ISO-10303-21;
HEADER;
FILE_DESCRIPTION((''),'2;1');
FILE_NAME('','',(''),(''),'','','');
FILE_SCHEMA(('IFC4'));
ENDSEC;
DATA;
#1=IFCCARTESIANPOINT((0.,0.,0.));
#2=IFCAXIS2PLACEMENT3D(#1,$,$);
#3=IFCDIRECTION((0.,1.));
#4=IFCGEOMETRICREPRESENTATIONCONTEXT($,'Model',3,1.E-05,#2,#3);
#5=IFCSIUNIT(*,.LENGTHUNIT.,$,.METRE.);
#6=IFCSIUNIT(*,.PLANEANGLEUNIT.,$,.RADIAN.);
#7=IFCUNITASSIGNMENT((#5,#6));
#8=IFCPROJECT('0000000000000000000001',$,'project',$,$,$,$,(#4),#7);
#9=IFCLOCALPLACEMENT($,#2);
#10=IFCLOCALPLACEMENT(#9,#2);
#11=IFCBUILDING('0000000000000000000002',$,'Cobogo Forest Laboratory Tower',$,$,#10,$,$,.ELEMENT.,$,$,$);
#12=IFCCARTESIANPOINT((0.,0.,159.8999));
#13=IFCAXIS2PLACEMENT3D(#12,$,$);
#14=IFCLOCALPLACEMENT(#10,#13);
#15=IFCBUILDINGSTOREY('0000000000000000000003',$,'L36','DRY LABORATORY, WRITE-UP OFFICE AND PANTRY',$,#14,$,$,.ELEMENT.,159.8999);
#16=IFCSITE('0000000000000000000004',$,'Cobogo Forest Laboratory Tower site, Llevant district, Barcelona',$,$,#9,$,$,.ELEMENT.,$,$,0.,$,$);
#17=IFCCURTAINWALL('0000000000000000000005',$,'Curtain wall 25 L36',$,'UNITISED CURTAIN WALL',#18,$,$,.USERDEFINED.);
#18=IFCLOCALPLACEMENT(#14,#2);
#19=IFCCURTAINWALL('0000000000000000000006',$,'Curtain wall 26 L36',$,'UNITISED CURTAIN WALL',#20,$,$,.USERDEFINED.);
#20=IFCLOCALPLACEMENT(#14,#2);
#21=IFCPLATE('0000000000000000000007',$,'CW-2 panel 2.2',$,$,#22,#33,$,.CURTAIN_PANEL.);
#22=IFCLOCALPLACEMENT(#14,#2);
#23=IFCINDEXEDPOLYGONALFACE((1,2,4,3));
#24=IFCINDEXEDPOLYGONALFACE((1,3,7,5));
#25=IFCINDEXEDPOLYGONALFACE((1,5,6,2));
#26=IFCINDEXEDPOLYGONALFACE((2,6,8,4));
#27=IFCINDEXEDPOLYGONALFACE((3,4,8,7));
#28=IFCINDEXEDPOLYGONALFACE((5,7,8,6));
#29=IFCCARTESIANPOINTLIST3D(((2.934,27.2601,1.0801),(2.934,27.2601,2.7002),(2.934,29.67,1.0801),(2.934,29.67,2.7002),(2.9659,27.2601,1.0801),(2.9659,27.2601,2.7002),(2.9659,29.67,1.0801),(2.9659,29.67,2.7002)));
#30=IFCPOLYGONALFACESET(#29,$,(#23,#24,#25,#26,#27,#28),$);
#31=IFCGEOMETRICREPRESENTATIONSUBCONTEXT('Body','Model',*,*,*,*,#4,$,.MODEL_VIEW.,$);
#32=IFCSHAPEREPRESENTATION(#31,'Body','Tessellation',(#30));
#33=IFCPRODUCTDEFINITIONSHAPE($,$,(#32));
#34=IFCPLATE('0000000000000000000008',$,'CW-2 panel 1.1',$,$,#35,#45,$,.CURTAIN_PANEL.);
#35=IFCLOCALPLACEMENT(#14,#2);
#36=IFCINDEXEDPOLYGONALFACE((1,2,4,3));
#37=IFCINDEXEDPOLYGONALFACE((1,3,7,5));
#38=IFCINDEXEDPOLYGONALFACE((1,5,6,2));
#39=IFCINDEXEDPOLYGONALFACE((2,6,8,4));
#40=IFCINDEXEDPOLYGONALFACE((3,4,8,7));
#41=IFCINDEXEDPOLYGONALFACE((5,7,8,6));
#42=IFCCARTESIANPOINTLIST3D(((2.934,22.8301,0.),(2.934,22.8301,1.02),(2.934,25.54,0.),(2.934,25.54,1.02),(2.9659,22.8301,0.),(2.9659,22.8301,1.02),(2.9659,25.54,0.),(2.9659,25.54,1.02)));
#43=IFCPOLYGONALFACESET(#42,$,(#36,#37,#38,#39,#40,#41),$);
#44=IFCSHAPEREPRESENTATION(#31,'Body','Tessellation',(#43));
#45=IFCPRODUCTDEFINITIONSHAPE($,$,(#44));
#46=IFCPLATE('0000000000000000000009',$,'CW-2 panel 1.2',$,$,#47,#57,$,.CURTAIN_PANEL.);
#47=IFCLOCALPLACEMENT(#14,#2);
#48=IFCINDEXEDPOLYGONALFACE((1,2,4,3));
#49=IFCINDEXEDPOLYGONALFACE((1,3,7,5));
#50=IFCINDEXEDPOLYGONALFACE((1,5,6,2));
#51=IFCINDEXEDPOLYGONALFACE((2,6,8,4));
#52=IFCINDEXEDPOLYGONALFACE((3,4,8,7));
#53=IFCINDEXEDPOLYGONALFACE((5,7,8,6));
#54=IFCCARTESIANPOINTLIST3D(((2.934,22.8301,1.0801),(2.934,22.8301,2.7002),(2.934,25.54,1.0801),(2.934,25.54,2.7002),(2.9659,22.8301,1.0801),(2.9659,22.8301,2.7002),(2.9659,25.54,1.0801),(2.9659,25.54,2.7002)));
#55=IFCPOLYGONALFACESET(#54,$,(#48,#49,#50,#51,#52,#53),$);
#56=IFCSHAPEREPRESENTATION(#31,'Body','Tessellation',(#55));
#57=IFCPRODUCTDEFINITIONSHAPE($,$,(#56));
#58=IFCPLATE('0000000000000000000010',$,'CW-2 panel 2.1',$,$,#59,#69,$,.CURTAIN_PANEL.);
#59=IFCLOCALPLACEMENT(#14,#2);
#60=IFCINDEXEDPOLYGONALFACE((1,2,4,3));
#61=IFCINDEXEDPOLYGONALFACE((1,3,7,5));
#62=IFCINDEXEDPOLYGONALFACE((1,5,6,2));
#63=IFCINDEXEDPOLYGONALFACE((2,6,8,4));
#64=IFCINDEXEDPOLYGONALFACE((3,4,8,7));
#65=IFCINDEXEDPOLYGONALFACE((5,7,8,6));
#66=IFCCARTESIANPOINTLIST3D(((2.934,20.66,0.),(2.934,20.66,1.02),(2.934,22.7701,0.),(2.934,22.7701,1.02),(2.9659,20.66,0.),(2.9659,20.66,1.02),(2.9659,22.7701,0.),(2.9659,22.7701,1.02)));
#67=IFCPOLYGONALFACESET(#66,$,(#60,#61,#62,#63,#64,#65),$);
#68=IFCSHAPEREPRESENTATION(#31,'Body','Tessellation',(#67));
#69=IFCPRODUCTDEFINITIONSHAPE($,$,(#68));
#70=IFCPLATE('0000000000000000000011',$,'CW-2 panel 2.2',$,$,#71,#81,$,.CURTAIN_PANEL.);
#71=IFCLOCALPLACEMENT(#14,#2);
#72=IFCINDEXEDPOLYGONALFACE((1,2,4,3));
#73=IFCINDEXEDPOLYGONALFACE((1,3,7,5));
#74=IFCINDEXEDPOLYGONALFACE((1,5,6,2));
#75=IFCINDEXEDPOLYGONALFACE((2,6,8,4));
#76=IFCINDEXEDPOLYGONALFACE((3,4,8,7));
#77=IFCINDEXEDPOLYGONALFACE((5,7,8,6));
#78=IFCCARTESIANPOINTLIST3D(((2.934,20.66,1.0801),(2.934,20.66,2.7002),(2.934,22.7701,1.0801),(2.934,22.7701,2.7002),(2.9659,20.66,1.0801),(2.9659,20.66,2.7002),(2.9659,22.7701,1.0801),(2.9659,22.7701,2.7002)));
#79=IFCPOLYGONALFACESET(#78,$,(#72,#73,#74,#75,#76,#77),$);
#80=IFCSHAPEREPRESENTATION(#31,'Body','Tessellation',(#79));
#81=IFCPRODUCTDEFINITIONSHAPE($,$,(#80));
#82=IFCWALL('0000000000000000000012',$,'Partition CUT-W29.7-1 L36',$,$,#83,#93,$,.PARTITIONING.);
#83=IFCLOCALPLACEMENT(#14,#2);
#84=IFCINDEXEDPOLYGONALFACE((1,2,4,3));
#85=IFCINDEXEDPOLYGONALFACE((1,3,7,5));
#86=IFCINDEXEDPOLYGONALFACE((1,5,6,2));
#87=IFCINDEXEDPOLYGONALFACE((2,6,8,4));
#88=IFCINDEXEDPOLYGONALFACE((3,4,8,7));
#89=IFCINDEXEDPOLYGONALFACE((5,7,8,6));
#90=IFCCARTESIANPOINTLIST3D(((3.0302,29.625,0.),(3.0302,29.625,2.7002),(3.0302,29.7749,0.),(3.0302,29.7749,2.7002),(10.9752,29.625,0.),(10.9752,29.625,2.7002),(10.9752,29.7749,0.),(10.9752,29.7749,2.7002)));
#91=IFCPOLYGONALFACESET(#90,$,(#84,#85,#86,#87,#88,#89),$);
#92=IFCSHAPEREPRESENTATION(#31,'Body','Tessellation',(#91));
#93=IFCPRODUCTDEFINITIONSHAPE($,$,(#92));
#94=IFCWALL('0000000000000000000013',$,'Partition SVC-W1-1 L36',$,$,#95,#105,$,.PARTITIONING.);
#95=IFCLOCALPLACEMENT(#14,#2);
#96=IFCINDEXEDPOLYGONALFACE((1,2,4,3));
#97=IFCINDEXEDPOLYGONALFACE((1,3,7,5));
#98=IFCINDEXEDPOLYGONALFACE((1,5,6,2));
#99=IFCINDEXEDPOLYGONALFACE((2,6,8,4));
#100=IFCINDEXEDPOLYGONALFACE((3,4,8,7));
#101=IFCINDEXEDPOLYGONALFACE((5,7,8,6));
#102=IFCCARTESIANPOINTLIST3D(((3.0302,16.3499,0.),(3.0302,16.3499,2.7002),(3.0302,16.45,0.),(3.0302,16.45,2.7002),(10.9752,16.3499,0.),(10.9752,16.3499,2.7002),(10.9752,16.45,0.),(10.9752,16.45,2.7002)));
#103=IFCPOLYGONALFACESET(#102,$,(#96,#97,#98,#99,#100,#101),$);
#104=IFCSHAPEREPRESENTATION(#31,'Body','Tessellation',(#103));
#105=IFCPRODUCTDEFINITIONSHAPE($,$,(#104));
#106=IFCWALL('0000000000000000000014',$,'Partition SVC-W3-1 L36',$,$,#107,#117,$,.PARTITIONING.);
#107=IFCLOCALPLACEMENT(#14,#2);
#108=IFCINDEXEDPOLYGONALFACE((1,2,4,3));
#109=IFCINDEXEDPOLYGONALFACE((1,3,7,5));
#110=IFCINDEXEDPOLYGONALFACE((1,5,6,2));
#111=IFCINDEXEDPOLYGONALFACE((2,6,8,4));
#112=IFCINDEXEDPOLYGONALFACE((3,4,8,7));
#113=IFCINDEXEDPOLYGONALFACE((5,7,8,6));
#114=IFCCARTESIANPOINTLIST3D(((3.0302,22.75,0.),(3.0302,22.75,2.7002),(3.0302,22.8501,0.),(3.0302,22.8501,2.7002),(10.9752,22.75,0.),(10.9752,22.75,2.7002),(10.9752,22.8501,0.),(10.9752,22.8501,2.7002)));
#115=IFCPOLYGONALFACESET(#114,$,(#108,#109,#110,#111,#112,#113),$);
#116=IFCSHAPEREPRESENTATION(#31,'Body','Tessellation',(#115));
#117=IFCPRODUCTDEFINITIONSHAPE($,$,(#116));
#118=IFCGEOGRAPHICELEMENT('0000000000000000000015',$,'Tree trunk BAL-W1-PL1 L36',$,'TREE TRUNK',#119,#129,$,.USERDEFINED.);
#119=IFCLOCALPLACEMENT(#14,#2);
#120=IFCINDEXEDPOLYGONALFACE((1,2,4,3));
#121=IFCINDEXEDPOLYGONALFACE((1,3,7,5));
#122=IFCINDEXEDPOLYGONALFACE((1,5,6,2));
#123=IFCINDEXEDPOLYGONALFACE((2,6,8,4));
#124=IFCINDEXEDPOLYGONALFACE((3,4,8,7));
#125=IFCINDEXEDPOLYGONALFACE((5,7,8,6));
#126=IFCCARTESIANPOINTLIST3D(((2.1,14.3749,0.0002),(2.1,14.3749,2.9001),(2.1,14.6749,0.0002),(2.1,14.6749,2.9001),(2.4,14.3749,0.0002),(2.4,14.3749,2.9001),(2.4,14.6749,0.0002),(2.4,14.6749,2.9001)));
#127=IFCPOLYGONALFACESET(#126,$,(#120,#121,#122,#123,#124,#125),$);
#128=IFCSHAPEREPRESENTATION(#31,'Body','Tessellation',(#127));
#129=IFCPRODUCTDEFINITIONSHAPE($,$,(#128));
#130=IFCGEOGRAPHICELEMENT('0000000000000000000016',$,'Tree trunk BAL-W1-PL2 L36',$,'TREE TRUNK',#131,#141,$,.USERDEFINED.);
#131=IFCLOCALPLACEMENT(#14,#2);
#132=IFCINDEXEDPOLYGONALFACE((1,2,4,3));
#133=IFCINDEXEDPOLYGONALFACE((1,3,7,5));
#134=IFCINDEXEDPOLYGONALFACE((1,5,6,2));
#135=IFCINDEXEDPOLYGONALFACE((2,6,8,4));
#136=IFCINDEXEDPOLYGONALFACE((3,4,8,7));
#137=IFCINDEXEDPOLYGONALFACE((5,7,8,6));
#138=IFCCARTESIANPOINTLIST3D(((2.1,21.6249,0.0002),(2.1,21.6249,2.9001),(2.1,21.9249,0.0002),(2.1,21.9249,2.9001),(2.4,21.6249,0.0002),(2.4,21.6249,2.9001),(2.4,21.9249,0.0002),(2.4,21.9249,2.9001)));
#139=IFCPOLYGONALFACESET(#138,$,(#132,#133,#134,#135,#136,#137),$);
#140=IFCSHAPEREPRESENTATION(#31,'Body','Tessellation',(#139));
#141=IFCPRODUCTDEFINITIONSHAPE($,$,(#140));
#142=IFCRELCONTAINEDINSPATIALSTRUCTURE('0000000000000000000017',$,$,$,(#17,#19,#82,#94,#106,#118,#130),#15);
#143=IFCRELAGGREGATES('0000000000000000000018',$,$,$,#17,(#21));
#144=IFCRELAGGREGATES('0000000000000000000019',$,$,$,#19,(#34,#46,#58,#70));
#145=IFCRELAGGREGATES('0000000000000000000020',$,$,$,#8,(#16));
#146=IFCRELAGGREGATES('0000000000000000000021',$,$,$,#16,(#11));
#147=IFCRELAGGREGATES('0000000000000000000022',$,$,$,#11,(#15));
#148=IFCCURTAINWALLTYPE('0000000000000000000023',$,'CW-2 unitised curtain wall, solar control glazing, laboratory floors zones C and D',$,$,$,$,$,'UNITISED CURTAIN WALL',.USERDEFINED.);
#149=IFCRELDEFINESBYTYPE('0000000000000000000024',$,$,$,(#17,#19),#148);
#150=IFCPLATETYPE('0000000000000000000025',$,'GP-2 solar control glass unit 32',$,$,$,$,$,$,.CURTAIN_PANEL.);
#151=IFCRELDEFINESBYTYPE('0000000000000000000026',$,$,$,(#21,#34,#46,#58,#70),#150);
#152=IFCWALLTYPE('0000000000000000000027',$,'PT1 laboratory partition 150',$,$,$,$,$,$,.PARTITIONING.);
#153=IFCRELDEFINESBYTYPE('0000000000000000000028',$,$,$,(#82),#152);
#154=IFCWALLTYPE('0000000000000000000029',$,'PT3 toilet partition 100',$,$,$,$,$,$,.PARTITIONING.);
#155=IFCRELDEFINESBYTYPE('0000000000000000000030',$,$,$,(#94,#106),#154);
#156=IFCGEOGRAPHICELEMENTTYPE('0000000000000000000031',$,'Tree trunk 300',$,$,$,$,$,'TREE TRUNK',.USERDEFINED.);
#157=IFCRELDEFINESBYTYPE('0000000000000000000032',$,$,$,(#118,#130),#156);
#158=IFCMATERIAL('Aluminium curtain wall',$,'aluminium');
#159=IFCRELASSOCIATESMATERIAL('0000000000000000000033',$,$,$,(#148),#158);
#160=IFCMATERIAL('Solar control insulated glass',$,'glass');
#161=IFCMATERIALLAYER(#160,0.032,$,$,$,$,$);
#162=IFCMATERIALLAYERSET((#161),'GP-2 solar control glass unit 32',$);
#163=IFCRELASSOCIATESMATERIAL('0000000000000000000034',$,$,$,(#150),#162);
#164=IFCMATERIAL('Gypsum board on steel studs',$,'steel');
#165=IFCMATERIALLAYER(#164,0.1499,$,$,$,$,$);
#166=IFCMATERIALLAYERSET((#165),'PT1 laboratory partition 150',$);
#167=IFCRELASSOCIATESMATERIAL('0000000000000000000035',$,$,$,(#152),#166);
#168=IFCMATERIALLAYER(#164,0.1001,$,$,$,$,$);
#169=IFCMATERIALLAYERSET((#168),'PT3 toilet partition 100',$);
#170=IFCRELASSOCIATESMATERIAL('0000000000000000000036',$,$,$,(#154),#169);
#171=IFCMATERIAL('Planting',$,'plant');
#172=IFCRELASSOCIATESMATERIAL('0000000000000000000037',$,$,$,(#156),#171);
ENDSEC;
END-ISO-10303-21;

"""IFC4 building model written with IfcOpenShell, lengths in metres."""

from ifc_helpers import new_model, si_unit, direction, frame, frame_2d, origin, origin_2d, place, context, subcontext, project, spatial, rectangle, extrude, material, layer, layer_set, type_object, element, aggregate, save


model = new_model("IFC4")

# Units and contexts
model_context = context("Model", 3, precision=1e-05, world=origin(), true_north=direction((0.0, 1.0)))
body_context = subcontext(model_context, "Body", "Model", "MODEL_VIEW")
ifc_project = project(units=[si_unit("LENGTHUNIT", "METRE"), si_unit("PLANEANGLEUNIT", "RADIAN")], contexts=[model_context])

# Site, building, storey
site_placement = place(None, origin())
site = spatial("IfcSite", under=ifc_project, at=site_placement, Name="Cobogo Forest Laboratory Tower site, Llevant district, Barcelona", CompositionType="ELEMENT", RefElevation=0.0)
building_placement = place(site_placement, origin())
building = spatial("IfcBuilding", under=site, at=building_placement, Name="Cobogo Forest Laboratory Tower", CompositionType="ELEMENT")
storey_placement = place(building_placement, frame((0.0, 0.0, 159.8999)))
storey = spatial("IfcBuildingStorey", under=building, at=storey_placement, Name="L36", Description="DRY LABORATORY, WRITE-UP OFFICE AND PANTRY", CompositionType="ELEMENT", Elevation=159.8999)

# Curtain walls
ifc_material_1 = material(Name="Aluminium curtain wall", Category="aluminium")
curtain_wall_type = type_object("IfcCurtainWallType", Name="CW-2 unitised curtain wall, solar control glazing, laboratory floors zones C and D", ElementType="UNITISED CURTAIN WALL", PredefinedType="USERDEFINED", material=ifc_material_1)
curtain_wall_1_placement = place(storey_placement, origin())
curtain_wall_1 = element("IfcCurtainWall", 1, at=curtain_wall_1_placement, inside=storey, type_object=curtain_wall_type, Name="Curtain wall 25 L36", ObjectType="UNITISED CURTAIN WALL", PredefinedType="USERDEFINED")
curtain_wall_2_placement = place(storey_placement, origin())
curtain_wall_2 = element("IfcCurtainWall", 2, at=curtain_wall_2_placement, inside=storey, type_object=curtain_wall_type, Name="Curtain wall 26 L36", ObjectType="UNITISED CURTAIN WALL", PredefinedType="USERDEFINED")

# Plates
ifc_material_2 = material(Name="Solar control insulated glass", Category="glass")
ifc_layer_1 = layer(ifc_material_2, 0.032)
ifc_layer_set_1 = layer_set([ifc_layer_1], Name="GP-2 solar control glass unit 32")
plate_type_1 = type_object("IfcPlateType", Name="GP-2 solar control glass unit 32", PredefinedType="CURTAIN_PANEL", material=ifc_layer_set_1)
plate_1_placement = place(storey_placement, frame((2.95, 28.4651, 1.0801), z_axis=(0.0, 0.0, 1.0), x_axis=(0.0, -1.0, 0.0)))
plate_1 = element("IfcPlate", 3, at=plate_1_placement, type_object=plate_type_1, Name="CW-2 panel 2.2", PredefinedType="CURTAIN_PANEL", context=body_context, shape_type="SweptSolid", body=[
    extrude(rectangle(XDim=2.4099, YDim=0.032, at=origin_2d()), origin(), (0.0, 0.0, 1.0), 1.6201),
])
aggregate(curtain_wall_1, [plate_1])
plate_2_placement = place(storey_placement, frame((2.95, 24.1851, 0.0), z_axis=(0.0, 0.0, 1.0), x_axis=(0.0, -1.0, 0.0)))
plate_2 = element("IfcPlate", 4, at=plate_2_placement, type_object=plate_type_1, Name="CW-2 panel 1.1", PredefinedType="CURTAIN_PANEL", context=body_context, shape_type="SweptSolid", body=[
    extrude(rectangle(XDim=2.71, YDim=0.032, at=origin_2d()), origin(), (0.0, 0.0, 1.0), 1.02),
])
plate_3_placement = place(storey_placement, frame((2.95, 24.1851, 1.0801), z_axis=(0.0, 0.0, 1.0), x_axis=(0.0, -1.0, 0.0)))
plate_3 = element("IfcPlate", 5, at=plate_3_placement, type_object=plate_type_1, Name="CW-2 panel 1.2", PredefinedType="CURTAIN_PANEL", context=body_context, shape_type="SweptSolid", body=[
    extrude(rectangle(XDim=2.71, YDim=0.032, at=origin_2d()), origin(), (0.0, 0.0, 1.0), 1.6201),
])
plate_4_placement = place(storey_placement, frame((2.95, 21.7151, 0.0), z_axis=(0.0, 0.0, 1.0), x_axis=(0.0, -1.0, 0.0)))
plate_4 = element("IfcPlate", 6, at=plate_4_placement, type_object=plate_type_1, Name="CW-2 panel 2.1", PredefinedType="CURTAIN_PANEL", context=body_context, shape_type="SweptSolid", body=[
    extrude(rectangle(XDim=2.1101, YDim=0.032, at=origin_2d()), origin(), (0.0, 0.0, 1.0), 1.02),
])
plate_5_placement = place(storey_placement, frame((2.95, 21.7151, 1.0801), z_axis=(0.0, 0.0, 1.0), x_axis=(0.0, -1.0, 0.0)))
plate_5 = element("IfcPlate", 7, at=plate_5_placement, type_object=plate_type_1, Name="CW-2 panel 2.2", PredefinedType="CURTAIN_PANEL", context=body_context, shape_type="SweptSolid", body=[
    extrude(rectangle(XDim=2.1101, YDim=0.032, at=origin_2d()), origin(), (0.0, 0.0, 1.0), 1.6201),
])
aggregate(curtain_wall_2, [plate_2, plate_3, plate_4, plate_5])

# Walls
ifc_material_3 = material(Name="Gypsum board on steel studs", Category="steel")
ifc_layer_2 = layer(ifc_material_3, 0.1499)
ifc_layer_set_2 = layer_set([ifc_layer_2], Name="PT1 laboratory partition 150")
wall_type_1 = type_object("IfcWallType", Name="PT1 laboratory partition 150", PredefinedType="PARTITIONING", material=ifc_layer_set_2)
wall_1_placement = place(storey_placement, frame((3.03, 29.7, 0.0), z_axis=(0.0, 0.0, 1.0), x_axis=(1.0, 0.0, 0.0)))
element("IfcWall", 8, at=wall_1_placement, inside=storey, type_object=wall_type_1, Name="Partition CUT-W29.7-1 L36", PredefinedType="PARTITIONING", context=body_context, shape_type="SweptSolid", body=[
    extrude(rectangle(XDim=7.9451, YDim=0.1499, at=frame_2d((3.9727, 0.0))), origin(), (0.0, 0.0, 1.0), 2.7002),
])
ifc_layer_3 = layer(ifc_material_3, 0.1001)
ifc_layer_set_3 = layer_set([ifc_layer_3], Name="PT3 toilet partition 100")
wall_type_2 = type_object("IfcWallType", Name="PT3 toilet partition 100", PredefinedType="PARTITIONING", material=ifc_layer_set_3)
for number, where, z_axis, x_axis, name in (
    (9, (3.03, 16.3999, 0.0), (0.0, 0.0, 1.0), (1.0, 0.0, 0.0), "Partition SVC-W1-1 L36"),
    (10, (3.03, 22.8, 0.0), (0.0, 0.0, 1.0), (1.0, 0.0, 0.0), "Partition SVC-W3-1 L36"),
):
    element("IfcWall", number, at=place(storey_placement, frame(where, z_axis=z_axis, x_axis=x_axis)), inside=storey, type_object=wall_type_2, Name=name, PredefinedType="PARTITIONING", context=body_context, shape_type="SweptSolid", body=[
        extrude(rectangle(XDim=7.9451, YDim=0.1001, at=frame_2d((3.9727, 0.0))), origin(), (0.0, 0.0, 1.0), 2.7002),
    ])

# Geographic elements
ifc_material_4 = material(Name="Planting", Category="plant")
geographic_element_type = type_object("IfcGeographicElementType", Name="Tree trunk 300", ElementType="TREE TRUNK", PredefinedType="USERDEFINED", material=ifc_material_4)
for number, where, z_axis, x_axis, name in (
    (11, (2.25, 14.5249, 0.0002), (0.0, 0.0, 1.0), (1.0, 0.0, 0.0), "Tree trunk BAL-W1-PL1 L36"),
    (12, (2.25, 21.7749, 0.0002), (0.0, 0.0, 1.0), (1.0, 0.0, 0.0), "Tree trunk BAL-W1-PL2 L36"),
):
    element("IfcGeographicElement", number, at=place(storey_placement, frame(where, z_axis=z_axis, x_axis=x_axis)), inside=storey, type_object=geographic_element_type, Name=name, ObjectType="TREE TRUNK", PredefinedType="USERDEFINED", context=body_context, shape_type="SweptSolid", body=[
        extrude(rectangle(XDim=0.3, YDim=0.3, at=origin_2d()), origin(), (0.0, 0.0, 1.0), 2.8999),
    ])

save(model, "model.ifc")
